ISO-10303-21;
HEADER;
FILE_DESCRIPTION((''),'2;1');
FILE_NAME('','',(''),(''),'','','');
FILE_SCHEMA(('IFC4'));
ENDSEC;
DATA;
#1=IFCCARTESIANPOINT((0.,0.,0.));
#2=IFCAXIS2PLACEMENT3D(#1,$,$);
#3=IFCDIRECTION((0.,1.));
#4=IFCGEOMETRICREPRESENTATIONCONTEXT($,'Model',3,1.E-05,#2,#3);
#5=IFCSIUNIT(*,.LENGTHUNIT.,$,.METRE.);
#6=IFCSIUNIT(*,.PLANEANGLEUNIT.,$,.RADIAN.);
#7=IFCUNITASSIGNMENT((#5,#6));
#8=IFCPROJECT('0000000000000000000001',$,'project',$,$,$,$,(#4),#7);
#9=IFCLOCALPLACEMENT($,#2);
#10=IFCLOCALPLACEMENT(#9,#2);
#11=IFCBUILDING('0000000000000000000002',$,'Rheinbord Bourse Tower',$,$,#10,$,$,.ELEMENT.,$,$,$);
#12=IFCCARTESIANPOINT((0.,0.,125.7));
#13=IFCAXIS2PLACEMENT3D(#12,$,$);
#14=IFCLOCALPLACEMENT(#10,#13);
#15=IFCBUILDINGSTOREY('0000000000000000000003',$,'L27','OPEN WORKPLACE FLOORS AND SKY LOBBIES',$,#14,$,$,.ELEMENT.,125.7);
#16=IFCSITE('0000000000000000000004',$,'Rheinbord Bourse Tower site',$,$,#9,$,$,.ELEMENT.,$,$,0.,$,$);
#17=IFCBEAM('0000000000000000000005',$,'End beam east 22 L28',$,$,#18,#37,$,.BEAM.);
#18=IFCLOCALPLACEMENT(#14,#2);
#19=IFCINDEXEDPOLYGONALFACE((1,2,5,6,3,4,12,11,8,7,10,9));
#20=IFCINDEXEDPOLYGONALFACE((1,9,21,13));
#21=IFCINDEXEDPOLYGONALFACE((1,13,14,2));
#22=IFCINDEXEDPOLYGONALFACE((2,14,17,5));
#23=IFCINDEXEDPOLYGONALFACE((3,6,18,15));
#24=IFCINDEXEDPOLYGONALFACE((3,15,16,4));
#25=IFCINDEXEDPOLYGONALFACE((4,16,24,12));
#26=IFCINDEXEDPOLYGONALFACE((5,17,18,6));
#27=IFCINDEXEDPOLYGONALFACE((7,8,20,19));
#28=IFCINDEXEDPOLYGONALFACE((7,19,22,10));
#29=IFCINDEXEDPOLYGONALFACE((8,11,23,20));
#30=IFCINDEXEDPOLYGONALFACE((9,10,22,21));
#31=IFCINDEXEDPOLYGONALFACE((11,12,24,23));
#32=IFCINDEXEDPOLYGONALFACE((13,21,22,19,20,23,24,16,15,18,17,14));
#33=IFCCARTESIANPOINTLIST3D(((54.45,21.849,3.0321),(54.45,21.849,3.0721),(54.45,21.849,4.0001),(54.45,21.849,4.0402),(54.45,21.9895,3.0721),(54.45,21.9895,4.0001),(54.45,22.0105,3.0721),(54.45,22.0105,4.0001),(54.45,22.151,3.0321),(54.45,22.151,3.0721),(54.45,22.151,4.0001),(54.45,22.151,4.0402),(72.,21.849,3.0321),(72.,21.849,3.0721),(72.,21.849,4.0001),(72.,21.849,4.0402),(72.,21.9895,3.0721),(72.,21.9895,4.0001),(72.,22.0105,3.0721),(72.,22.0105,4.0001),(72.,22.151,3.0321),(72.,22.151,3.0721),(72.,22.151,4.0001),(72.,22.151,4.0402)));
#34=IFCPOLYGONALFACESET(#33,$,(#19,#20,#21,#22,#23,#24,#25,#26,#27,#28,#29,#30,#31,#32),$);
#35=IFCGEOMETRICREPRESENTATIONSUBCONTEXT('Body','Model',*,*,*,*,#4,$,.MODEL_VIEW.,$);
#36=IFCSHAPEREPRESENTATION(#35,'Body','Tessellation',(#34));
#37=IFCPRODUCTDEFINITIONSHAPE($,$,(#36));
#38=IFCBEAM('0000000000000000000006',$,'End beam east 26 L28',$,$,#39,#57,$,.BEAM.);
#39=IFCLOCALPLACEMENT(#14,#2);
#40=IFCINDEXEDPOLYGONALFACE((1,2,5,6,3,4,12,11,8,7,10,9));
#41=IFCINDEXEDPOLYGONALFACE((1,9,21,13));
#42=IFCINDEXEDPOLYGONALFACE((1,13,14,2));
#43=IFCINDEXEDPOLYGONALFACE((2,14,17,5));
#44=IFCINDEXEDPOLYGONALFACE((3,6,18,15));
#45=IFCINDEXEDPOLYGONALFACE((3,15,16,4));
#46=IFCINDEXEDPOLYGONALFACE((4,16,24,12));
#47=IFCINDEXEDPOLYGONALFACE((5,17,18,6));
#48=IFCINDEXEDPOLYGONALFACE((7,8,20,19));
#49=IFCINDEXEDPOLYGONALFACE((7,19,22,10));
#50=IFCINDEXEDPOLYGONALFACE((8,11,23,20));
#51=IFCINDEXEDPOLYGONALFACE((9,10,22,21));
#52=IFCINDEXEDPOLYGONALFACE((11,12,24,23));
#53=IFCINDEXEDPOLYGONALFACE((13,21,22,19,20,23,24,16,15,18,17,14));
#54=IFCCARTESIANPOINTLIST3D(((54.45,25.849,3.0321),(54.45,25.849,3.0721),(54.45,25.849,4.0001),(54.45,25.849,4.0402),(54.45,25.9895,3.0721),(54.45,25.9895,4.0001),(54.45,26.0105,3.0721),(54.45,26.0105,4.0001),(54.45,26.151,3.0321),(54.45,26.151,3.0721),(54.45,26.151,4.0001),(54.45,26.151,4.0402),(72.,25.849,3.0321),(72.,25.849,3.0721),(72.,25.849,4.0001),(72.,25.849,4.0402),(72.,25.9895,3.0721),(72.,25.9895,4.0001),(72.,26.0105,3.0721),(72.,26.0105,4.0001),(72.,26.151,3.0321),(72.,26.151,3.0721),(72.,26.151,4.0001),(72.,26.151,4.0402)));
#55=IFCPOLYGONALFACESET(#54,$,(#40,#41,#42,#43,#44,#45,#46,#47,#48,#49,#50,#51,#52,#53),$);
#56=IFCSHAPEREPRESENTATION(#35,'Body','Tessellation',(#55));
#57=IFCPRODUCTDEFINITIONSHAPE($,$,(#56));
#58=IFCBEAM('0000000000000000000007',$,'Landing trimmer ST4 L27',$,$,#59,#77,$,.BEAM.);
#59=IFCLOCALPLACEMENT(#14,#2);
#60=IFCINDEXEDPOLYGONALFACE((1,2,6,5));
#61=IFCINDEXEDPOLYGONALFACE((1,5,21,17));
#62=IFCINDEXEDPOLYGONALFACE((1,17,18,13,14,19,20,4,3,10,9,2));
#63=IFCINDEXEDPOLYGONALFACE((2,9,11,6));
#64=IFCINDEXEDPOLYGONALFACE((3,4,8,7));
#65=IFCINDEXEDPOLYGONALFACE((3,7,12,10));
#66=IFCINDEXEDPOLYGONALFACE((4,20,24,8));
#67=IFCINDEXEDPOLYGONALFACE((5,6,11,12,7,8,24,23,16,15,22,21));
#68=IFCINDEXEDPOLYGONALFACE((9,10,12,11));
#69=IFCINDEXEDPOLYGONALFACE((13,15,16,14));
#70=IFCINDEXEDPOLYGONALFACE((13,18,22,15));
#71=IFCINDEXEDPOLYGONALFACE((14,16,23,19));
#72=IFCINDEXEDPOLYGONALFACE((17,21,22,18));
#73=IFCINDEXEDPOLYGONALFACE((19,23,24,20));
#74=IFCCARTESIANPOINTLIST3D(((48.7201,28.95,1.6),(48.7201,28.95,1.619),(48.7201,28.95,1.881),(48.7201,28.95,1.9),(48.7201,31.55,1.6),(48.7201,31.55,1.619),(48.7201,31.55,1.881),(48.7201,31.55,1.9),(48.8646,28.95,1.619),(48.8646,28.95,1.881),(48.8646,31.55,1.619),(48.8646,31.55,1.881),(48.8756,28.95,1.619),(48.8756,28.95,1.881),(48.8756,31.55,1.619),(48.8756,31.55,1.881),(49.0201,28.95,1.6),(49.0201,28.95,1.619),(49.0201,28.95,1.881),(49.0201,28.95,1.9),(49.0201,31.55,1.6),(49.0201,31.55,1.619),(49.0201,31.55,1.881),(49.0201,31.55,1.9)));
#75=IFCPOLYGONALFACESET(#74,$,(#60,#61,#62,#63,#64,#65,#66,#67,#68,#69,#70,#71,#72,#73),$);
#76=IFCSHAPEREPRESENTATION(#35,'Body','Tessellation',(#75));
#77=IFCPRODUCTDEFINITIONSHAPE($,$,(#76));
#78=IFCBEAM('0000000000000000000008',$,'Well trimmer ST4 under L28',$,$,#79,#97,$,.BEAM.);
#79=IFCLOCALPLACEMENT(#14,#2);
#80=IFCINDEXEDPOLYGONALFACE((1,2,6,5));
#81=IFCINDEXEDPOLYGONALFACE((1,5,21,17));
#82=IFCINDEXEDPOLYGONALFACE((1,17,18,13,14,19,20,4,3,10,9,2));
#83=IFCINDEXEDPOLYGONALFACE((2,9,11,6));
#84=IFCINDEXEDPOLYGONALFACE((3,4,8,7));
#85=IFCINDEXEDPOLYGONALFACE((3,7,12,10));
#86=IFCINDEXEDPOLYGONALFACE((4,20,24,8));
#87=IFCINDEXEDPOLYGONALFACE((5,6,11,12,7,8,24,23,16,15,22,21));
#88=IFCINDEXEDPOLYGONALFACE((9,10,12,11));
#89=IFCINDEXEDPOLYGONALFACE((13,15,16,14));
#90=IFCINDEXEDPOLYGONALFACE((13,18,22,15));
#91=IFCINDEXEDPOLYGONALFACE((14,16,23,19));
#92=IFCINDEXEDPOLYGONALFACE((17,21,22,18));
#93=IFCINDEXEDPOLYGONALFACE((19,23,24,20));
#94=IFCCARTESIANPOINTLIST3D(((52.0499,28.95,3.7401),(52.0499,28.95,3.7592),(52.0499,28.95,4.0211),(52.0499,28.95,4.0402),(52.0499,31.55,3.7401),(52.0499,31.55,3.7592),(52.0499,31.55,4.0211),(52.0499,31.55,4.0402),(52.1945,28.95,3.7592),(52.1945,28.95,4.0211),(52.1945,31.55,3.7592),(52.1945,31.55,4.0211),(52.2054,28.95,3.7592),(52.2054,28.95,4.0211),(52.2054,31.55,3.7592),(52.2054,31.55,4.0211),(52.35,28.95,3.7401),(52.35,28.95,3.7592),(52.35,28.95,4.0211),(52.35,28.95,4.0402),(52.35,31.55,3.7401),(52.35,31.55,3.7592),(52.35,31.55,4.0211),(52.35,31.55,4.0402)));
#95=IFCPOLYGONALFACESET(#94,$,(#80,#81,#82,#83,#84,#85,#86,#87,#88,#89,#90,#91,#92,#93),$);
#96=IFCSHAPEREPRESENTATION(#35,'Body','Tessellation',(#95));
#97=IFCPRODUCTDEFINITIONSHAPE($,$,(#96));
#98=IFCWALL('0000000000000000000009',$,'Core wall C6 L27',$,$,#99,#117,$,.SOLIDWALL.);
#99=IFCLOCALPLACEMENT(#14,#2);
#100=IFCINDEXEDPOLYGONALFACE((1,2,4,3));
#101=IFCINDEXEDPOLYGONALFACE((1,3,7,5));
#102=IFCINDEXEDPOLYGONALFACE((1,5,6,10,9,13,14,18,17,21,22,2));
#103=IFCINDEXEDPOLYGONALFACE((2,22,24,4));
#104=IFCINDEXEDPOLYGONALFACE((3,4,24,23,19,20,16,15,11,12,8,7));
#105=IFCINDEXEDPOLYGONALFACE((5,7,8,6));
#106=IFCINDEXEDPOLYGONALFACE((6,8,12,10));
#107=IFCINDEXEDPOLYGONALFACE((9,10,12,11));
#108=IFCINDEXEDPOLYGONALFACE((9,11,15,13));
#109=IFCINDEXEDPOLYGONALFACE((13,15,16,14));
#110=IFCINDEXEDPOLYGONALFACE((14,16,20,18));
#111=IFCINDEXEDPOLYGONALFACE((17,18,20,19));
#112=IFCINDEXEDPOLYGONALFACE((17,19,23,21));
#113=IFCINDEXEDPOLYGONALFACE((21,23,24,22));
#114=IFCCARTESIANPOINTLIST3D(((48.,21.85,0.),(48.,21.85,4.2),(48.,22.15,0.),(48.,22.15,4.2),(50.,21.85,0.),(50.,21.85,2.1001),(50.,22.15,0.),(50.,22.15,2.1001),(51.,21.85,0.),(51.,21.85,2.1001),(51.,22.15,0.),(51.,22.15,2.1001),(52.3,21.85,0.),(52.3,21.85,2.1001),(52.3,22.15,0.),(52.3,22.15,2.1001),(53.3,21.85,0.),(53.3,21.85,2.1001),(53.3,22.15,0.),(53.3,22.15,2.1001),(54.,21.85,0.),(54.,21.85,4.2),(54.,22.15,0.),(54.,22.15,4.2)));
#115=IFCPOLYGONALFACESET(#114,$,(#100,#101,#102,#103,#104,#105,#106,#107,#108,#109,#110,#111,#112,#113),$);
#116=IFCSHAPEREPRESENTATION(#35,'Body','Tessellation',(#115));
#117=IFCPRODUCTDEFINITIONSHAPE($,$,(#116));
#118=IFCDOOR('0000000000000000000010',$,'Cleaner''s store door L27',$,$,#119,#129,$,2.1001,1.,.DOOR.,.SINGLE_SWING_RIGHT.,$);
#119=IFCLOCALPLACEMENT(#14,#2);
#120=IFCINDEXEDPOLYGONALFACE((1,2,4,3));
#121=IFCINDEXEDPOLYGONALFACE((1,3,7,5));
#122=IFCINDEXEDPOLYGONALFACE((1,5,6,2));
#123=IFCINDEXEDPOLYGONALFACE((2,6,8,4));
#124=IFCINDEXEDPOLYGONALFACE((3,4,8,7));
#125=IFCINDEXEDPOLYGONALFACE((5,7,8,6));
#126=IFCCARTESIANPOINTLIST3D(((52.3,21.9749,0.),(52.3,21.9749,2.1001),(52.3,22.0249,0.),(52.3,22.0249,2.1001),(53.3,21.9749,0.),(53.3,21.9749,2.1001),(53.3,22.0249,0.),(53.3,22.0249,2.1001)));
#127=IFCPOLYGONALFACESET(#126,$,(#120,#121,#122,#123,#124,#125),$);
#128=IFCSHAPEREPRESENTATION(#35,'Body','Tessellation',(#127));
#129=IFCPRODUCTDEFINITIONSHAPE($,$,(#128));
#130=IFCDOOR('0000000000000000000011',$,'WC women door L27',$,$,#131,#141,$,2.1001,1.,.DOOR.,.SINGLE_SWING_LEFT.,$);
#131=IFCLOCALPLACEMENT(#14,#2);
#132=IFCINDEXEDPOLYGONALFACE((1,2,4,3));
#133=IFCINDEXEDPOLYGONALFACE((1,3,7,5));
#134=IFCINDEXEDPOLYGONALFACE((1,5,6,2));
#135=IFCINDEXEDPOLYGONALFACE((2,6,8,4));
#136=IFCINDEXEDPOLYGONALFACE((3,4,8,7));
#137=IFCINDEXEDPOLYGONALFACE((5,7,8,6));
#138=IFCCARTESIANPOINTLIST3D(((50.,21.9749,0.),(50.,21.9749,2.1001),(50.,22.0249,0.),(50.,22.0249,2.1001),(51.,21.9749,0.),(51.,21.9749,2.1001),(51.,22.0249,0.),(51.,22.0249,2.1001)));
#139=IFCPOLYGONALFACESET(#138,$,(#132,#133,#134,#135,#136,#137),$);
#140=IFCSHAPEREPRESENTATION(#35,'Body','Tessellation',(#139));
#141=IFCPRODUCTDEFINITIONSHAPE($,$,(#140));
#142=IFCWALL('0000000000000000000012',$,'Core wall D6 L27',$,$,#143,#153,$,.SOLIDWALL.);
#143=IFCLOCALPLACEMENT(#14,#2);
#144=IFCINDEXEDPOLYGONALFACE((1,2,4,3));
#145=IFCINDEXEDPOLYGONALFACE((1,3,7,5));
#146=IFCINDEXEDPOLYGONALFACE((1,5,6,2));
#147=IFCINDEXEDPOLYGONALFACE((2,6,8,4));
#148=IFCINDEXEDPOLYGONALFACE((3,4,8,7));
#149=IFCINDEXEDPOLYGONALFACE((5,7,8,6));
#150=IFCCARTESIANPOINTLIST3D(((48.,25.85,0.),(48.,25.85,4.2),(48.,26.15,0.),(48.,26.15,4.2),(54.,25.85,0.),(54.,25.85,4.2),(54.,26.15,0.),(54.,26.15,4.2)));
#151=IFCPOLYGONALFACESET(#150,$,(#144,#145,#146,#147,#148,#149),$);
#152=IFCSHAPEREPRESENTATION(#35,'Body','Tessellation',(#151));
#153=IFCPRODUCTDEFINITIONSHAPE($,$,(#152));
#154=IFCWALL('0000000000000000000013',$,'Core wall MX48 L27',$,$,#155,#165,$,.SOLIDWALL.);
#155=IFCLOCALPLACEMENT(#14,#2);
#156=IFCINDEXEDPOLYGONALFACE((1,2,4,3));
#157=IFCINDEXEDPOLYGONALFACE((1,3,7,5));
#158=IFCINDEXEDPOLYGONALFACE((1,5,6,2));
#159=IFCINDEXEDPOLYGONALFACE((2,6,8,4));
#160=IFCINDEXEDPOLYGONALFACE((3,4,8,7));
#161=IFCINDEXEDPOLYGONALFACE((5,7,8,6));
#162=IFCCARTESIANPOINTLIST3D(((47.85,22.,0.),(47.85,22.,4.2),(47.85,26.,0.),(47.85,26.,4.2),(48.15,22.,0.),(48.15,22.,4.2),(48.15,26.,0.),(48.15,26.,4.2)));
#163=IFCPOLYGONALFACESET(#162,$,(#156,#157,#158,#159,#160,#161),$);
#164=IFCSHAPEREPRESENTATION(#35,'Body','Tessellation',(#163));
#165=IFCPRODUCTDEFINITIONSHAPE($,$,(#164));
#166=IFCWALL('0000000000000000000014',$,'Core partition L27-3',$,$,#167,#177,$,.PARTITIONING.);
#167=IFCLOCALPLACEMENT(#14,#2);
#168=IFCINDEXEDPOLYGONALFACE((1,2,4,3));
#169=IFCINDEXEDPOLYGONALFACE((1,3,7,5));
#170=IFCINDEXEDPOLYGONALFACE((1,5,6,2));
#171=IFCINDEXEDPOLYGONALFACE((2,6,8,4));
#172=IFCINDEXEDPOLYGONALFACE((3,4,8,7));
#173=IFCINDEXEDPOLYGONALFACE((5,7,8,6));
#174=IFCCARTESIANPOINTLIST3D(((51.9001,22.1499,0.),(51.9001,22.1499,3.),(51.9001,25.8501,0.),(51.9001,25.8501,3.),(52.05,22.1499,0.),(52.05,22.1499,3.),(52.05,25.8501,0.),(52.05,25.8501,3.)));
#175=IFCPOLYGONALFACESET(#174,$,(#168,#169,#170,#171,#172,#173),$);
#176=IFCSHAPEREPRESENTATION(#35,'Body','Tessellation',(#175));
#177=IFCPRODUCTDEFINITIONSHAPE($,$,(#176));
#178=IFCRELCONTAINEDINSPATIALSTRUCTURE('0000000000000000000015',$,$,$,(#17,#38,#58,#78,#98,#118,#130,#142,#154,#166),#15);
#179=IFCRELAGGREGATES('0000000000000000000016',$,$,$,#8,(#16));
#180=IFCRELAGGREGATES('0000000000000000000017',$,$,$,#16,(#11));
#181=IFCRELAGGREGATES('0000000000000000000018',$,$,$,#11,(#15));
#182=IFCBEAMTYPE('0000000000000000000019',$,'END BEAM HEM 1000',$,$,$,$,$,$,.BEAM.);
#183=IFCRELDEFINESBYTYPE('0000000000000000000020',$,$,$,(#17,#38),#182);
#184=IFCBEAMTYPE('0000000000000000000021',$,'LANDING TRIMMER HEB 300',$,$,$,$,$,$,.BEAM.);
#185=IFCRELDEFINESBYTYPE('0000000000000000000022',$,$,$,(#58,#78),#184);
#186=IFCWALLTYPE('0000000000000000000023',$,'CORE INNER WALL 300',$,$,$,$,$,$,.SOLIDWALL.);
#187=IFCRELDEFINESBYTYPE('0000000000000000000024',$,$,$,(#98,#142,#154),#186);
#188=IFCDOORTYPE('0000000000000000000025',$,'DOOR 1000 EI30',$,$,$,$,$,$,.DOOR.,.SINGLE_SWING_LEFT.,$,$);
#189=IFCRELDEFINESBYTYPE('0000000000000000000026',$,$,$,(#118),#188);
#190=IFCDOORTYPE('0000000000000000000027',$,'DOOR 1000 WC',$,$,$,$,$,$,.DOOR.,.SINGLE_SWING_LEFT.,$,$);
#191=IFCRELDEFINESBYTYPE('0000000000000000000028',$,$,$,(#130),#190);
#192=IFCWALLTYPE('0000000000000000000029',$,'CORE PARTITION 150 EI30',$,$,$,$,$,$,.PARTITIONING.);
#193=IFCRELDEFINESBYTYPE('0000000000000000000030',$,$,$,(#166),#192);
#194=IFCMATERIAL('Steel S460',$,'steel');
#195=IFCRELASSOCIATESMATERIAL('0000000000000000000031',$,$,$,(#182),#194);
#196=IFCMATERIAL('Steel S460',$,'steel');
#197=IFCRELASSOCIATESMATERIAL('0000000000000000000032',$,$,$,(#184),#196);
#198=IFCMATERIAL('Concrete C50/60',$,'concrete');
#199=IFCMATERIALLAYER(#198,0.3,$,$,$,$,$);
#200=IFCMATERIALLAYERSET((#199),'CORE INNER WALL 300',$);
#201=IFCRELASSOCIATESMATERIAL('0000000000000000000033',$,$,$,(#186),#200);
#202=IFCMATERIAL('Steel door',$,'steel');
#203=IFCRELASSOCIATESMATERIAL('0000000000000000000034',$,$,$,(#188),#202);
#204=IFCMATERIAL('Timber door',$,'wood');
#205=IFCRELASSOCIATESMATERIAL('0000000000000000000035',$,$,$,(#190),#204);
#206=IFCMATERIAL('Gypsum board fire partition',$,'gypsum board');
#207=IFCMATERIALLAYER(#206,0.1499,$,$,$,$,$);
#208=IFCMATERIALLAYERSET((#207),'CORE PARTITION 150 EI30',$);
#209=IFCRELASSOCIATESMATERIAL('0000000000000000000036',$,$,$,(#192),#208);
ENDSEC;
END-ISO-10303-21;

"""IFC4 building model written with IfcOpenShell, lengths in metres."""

from ifc_helpers import new_model, si_unit, direction, frame, frame_2d, origin, origin_2d, place, context, subcontext, project, spatial, rectangle, i_section, extrude, material, layer, layer_set, material_profile, profile_set, type_object, element, fill, save


model = new_model("IFC4")

# Units and contexts
model_context = context("Model", 3, precision=1e-05, world=origin(), true_north=direction((0.0, 1.0)))
body_context = subcontext(model_context, "Body", "Model", "MODEL_VIEW")
ifc_project = project(units=[si_unit("LENGTHUNIT", "METRE"), si_unit("PLANEANGLEUNIT", "RADIAN")], contexts=[model_context])

# Site, building, storey
site_placement = place(None, origin())
site = spatial("IfcSite", under=ifc_project, at=site_placement, Name="Rheinbord Bourse Tower site", CompositionType="ELEMENT", RefElevation=0.0)
building_placement = place(site_placement, origin())
building = spatial("IfcBuilding", under=site, at=building_placement, Name="Rheinbord Bourse Tower", CompositionType="ELEMENT")
storey_placement = place(building_placement, frame((0.0, 0.0, 125.7)))
storey = spatial("IfcBuildingStorey", under=building, at=storey_placement, Name="L27", Description="OPEN WORKPLACE FLOORS AND SKY LOBBIES", CompositionType="ELEMENT", Elevation=125.7)

# Beams
ifc_material_1 = material(Name="Steel S460", Category="steel")
ifc_material_profile_1 = material_profile(ifc_material_1, i_section(OverallWidth=0.302, OverallDepth=1.0081, WebThickness=0.021, FlangeThickness=0.04, at=origin_2d()), Name="HEM 1000")
ifc_profile_set_1 = profile_set([ifc_material_profile_1], Name="Steel S460")
beam_type_1 = type_object("IfcBeamType", Name="END BEAM HEM 1000", PredefinedType="BEAM", material=ifc_profile_set_1)
for number, where, z_axis, x_axis, name in (
    (1, (54.45, 22.0, 3.5361), (1.0, 0.0, 0.0), (0.0, 1.0, 0.0), "End beam east 22 L28"),
    (2, (54.45, 26.0, 3.5361), (1.0, 0.0, 0.0), (0.0, 1.0, 0.0), "End beam east 26 L28"),
):
    element("IfcBeam", number, at=place(storey_placement, frame(where, z_axis=z_axis, x_axis=x_axis)), inside=storey, type_object=beam_type_1, Name=name, PredefinedType="BEAM", context=body_context, shape_type="SweptSolid", body=[
        extrude(i_section(OverallWidth=0.302, OverallDepth=1.0081, WebThickness=0.021, FlangeThickness=0.04, at=origin_2d()), origin(), (0.0, 0.0, 1.0), 17.55),
    ])
ifc_material_2 = material(Name="Steel S460", Category="steel")
ifc_material_profile_2 = material_profile(ifc_material_2, i_section(OverallWidth=0.3, OverallDepth=0.3, WebThickness=0.011, FlangeThickness=0.019, at=origin_2d()), Name="HEB 300")
ifc_profile_set_2 = profile_set([ifc_material_profile_2], Name="Steel S460")
beam_type_2 = type_object("IfcBeamType", Name="LANDING TRIMMER HEB 300", PredefinedType="BEAM", material=ifc_profile_set_2)
for number, where, z_axis, x_axis, name in (
    (3, (48.8701, 28.95, 1.75), (0.0, 1.0, 0.0), (-1.0, 0.0, 0.0), "Landing trimmer ST4 L27"),
    (4, (52.2, 28.95, 3.8901), (0.0, 1.0, 0.0), (-1.0, 0.0, 0.0), "Well trimmer ST4 under L28"),
):
    element("IfcBeam", number, at=place(storey_placement, frame(where, z_axis=z_axis, x_axis=x_axis)), inside=storey, type_object=beam_type_2, Name=name, PredefinedType="BEAM", context=body_context, shape_type="SweptSolid", body=[
        extrude(i_section(OverallWidth=0.3, OverallDepth=0.3, WebThickness=0.011, FlangeThickness=0.019, at=origin_2d()), origin(), (0.0, 0.0, 1.0), 2.6001),
    ])

# Wall, openings, doors
ifc_material_3 = material(Name="Concrete C50/60", Category="concrete")
ifc_layer_1 = layer(ifc_material_3, 0.3)
ifc_layer_set_1 = layer_set([ifc_layer_1], Name="CORE INNER WALL 300")
wall_type_1 = type_object("IfcWallType", Name="CORE INNER WALL 300", PredefinedType="SOLIDWALL", material=ifc_layer_set_1)
wall_1_placement = place(storey_placement, frame((48.0, 22.0, 0.0), z_axis=(0.0, 0.0, 1.0), x_axis=(1.0, 0.0, 0.0)))
wall_1 = element("IfcWall", 5, at=wall_1_placement, inside=storey, type_object=wall_type_1, Name="Core wall C6 L27", PredefinedType="SOLIDWALL", context=body_context, shape_type="SweptSolid", body=[
    extrude(rectangle(XDim=6.0, YDim=0.3, at=frame_2d((3.0, 0.0))), origin(), (0.0, 0.0, 1.0), 4.2),
])
opening_1_placement = place(wall_1_placement, frame((2.0, 0.0, 0.0)))
opening_1 = element("IfcOpeningElement", 6, at=opening_1_placement, cuts=wall_1, PredefinedType="OPENING", context=body_context, shape_type="SweptSolid", body=[
    extrude(rectangle(XDim=1.0, YDim=2.1001, at=frame_2d((0.5, 1.05))), frame((0.0, 0.1599, 0.0), z_axis=(0.0, -1.0, 0.0), x_axis=(1.0, 0.0, 0.0)), (0.0, 0.0, 1.0), 0.3201),
])
opening_2_placement = place(wall_1_placement, frame((4.3, 0.0, 0.0)))
opening_2 = element("IfcOpeningElement", 7, at=opening_2_placement, cuts=wall_1, PredefinedType="OPENING", context=body_context, shape_type="SweptSolid", body=[
    extrude(rectangle(XDim=1.0, YDim=2.1001, at=frame_2d((0.5, 1.05))), frame((0.0, 0.1599, 0.0), z_axis=(0.0, -1.0, 0.0), x_axis=(1.0, 0.0, 0.0)), (0.0, 0.0, 1.0), 0.3201),
])
ifc_material_4 = material(Name="Steel door", Category="steel")
door_type_1 = type_object("IfcDoorType", Name="DOOR 1000 EI30", OperationType="SINGLE_SWING_LEFT", PredefinedType="DOOR", material=ifc_material_4)
door_1_placement = place(opening_2_placement, origin())
door_1 = element("IfcDoor", 8, at=door_1_placement, inside=storey, type_object=door_type_1, Name="Cleaner's store door L27", OperationType="SINGLE_SWING_RIGHT", OverallHeight=2.1001, OverallWidth=1.0, PredefinedType="DOOR", context=body_context, shape_type="SweptSolid", body=[
    extrude(rectangle(XDim=1.0, YDim=2.1001, at=frame_2d((0.5, 1.05))), frame((0.0, 0.0249, 0.0), z_axis=(0.0, -1.0, 0.0), x_axis=(1.0, 0.0, 0.0)), (0.0, 0.0, 1.0), 0.05),
])
fill(opening_2, door_1)
ifc_material_5 = material(Name="Timber door", Category="wood")
door_type_2 = type_object("IfcDoorType", Name="DOOR 1000 WC", OperationType="SINGLE_SWING_LEFT", PredefinedType="DOOR", material=ifc_material_5)
door_2_placement = place(opening_1_placement, origin())
door_2 = element("IfcDoor", 9, at=door_2_placement, inside=storey, type_object=door_type_2, Name="WC women door L27", OperationType="SINGLE_SWING_LEFT", OverallHeight=2.1001, OverallWidth=1.0, PredefinedType="DOOR", context=body_context, shape_type="SweptSolid", body=[
    extrude(rectangle(XDim=1.0, YDim=2.1001, at=frame_2d((0.5, 1.05))), frame((0.0, 0.0249, 0.0), z_axis=(0.0, -1.0, 0.0), x_axis=(1.0, 0.0, 0.0)), (0.0, 0.0, 1.0), 0.05),
])
fill(opening_1, door_2)

# Walls
wall_2_placement = place(storey_placement, frame((48.0, 26.0, 0.0), z_axis=(0.0, 0.0, 1.0), x_axis=(1.0, 0.0, 0.0)))
element("IfcWall", 10, at=wall_2_placement, inside=storey, type_object=wall_type_1, Name="Core wall D6 L27", PredefinedType="SOLIDWALL", context=body_context, shape_type="SweptSolid", body=[
    extrude(rectangle(XDim=6.0, YDim=0.3, at=frame_2d((3.0, 0.0))), origin(), (0.0, 0.0, 1.0), 4.2),
])
wall_3_placement = place(storey_placement, frame((48.0, 22.0, 0.0), z_axis=(0.0, 0.0, 1.0), x_axis=(0.0, 1.0, 0.0)))
element("IfcWall", 11, at=wall_3_placement, inside=storey, type_object=wall_type_1, Name="Core wall MX48 L27", PredefinedType="SOLIDWALL", context=body_context, shape_type="SweptSolid", body=[
    extrude(rectangle(XDim=4.0, YDim=0.3, at=frame_2d((2.0, 0.0))), origin(), (0.0, 0.0, 1.0), 4.2),
])
ifc_material_6 = material(Name="Gypsum board fire partition", Category="gypsum board")
ifc_layer_2 = layer(ifc_material_6, 0.1499)
ifc_layer_set_2 = layer_set([ifc_layer_2], Name="CORE PARTITION 150 EI30")
wall_type_2 = type_object("IfcWallType", Name="CORE PARTITION 150 EI30", PredefinedType="PARTITIONING", material=ifc_layer_set_2)
wall_4_placement = place(storey_placement, frame((51.9751, 22.1499, 0.0), z_axis=(0.0, 0.0, 1.0), x_axis=(0.0, 1.0, 0.0)))
element("IfcWall", 12, at=wall_4_placement, inside=storey, type_object=wall_type_2, Name="Core partition L27-3", PredefinedType="PARTITIONING", context=body_context, shape_type="SweptSolid", body=[
    extrude(rectangle(XDim=3.7002, YDim=0.1499, at=frame_2d((1.8501, 0.0))), origin(), (0.0, 0.0, 1.0), 3.0),
])

save(model, "model.ifc")
